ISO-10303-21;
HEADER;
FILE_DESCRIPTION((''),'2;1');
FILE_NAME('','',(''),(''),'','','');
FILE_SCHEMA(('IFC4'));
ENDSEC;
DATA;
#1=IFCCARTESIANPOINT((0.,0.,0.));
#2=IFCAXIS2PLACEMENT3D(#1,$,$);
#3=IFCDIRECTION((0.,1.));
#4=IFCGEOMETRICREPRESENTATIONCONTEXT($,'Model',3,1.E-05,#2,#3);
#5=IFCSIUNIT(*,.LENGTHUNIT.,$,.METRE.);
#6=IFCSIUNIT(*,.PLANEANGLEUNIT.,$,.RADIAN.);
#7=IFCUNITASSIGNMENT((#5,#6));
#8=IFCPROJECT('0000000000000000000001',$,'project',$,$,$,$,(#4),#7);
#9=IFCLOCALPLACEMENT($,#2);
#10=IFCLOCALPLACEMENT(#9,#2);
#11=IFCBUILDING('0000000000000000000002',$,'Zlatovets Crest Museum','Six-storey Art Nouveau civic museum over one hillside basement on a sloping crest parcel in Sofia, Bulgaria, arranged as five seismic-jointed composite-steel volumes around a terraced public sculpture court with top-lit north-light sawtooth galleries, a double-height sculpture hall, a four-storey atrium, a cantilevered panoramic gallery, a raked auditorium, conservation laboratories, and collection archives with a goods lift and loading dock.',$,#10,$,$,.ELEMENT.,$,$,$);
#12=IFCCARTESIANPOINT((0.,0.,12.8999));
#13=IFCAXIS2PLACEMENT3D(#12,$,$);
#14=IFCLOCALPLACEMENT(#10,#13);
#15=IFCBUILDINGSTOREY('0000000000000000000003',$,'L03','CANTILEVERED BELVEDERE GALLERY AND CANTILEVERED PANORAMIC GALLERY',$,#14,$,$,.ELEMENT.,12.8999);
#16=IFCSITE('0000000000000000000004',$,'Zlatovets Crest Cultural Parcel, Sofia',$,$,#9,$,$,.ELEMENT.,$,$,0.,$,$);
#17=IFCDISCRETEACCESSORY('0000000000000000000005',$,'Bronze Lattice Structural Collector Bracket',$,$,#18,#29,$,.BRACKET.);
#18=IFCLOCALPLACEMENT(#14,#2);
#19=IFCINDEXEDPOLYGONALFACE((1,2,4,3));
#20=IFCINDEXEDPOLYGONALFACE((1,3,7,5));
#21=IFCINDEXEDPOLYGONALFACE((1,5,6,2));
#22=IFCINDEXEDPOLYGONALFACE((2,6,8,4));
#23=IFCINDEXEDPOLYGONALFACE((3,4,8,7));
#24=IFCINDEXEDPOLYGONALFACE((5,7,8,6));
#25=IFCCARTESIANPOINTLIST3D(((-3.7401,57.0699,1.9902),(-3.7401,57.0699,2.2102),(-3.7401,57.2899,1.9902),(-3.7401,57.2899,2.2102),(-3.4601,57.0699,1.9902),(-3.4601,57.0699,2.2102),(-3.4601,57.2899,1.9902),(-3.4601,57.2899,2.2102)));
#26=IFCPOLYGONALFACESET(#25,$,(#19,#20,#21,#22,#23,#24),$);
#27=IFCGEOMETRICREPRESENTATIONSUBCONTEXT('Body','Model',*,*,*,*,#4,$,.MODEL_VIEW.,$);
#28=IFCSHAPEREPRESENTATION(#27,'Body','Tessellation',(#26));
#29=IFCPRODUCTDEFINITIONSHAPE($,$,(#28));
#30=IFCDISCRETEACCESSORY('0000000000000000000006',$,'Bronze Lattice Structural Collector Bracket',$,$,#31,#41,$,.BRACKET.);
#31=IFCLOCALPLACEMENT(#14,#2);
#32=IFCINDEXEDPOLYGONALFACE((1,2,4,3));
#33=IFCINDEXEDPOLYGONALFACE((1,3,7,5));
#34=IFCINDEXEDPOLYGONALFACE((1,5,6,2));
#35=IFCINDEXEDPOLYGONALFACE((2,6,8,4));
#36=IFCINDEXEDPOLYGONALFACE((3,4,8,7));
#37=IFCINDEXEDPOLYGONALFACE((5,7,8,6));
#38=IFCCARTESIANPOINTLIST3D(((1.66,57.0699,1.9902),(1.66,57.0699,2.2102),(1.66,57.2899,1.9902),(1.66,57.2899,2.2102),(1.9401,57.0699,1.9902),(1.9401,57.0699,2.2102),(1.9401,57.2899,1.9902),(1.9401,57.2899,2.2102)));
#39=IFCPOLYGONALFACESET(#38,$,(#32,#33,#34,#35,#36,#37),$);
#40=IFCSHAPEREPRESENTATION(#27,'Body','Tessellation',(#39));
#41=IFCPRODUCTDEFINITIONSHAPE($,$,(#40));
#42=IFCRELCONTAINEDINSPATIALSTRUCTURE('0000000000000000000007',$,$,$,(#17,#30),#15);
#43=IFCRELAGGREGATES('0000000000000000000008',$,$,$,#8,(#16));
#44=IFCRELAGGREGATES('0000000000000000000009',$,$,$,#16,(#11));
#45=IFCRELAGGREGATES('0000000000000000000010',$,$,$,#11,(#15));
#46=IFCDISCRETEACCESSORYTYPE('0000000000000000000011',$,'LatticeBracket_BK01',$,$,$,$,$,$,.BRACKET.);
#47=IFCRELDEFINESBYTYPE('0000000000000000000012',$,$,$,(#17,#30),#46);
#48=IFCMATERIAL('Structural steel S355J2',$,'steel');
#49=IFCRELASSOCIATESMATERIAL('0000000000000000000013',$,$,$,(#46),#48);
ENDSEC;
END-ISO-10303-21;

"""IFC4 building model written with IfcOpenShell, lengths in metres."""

from ifc_helpers import new_model, si_unit, direction, frame, origin, origin_2d, place, context, subcontext, project, spatial, rectangle, extrude, material, type_object, element, save


model = new_model("IFC4")

# Units and contexts
model_context = context("Model", 3, precision=1e-05, world=origin(), true_north=direction((0.0, 1.0)))
body_context = subcontext(model_context, "Body", "Model", "MODEL_VIEW")
ifc_project = project(units=[si_unit("LENGTHUNIT", "METRE"), si_unit("PLANEANGLEUNIT", "RADIAN")], contexts=[model_context])

# Site, building, storey
site_placement = place(None, origin())
site = spatial("IfcSite", under=ifc_project, at=site_placement, Name="Zlatovets Crest Cultural Parcel, Sofia", CompositionType="ELEMENT", RefElevation=0.0)
building_placement = place(site_placement, origin())
building = spatial("IfcBuilding", under=site, at=building_placement, Name="Zlatovets Crest Museum", Description="Six-storey Art Nouveau civic museum over one hillside basement on a sloping crest parcel in Sofia, Bulgaria, arranged as five seismic-jointed composite-steel volumes around a terraced public sculpture court with top-lit north-light sawtooth galleries, a double-height sculpture hall, a four-storey atrium, a cantilevered panoramic gallery, a raked auditorium, conservation laboratories, and collection archives with a goods lift and loading dock.", CompositionType="ELEMENT")
storey_placement = place(building_placement, frame((0.0, 0.0, 12.8999)))
storey = spatial("IfcBuildingStorey", under=building, at=storey_placement, Name="L03", Description="CANTILEVERED BELVEDERE GALLERY AND CANTILEVERED PANORAMIC GALLERY", CompositionType="ELEMENT", Elevation=12.8999)

# Shared definitions
ifc_material_1 = material(Name="Structural steel S355J2", Category="steel")

# Discrete accessories
discrete_accessory_type = type_object("IfcDiscreteAccessoryType", Name="LatticeBracket_BK01", PredefinedType="BRACKET", material=ifc_material_1)
for number, where, z_axis, x_axis, name in (
    (1, (-3.6001, 57.1799, 1.9902), (0.0, 0.0, 1.0), (1.0, 0.0, 0.0), "Bronze Lattice Structural Collector Bracket"),
    (2, (1.8, 57.1799, 1.9902), (0.0, 0.0, 1.0), (1.0, 0.0, 0.0), "Bronze Lattice Structural Collector Bracket"),
):
    element("IfcDiscreteAccessory", number, at=place(storey_placement, frame(where, z_axis=z_axis, x_axis=x_axis)), inside=storey, type_object=discrete_accessory_type, Name=name, PredefinedType="BRACKET", context=body_context, shape_type="SweptSolid", body=[
        extrude(rectangle(XDim=0.28, YDim=0.22, at=origin_2d()), origin(), (0.0, 0.0, 1.0), 0.22),
    ])

save(model, "model.ifc")
